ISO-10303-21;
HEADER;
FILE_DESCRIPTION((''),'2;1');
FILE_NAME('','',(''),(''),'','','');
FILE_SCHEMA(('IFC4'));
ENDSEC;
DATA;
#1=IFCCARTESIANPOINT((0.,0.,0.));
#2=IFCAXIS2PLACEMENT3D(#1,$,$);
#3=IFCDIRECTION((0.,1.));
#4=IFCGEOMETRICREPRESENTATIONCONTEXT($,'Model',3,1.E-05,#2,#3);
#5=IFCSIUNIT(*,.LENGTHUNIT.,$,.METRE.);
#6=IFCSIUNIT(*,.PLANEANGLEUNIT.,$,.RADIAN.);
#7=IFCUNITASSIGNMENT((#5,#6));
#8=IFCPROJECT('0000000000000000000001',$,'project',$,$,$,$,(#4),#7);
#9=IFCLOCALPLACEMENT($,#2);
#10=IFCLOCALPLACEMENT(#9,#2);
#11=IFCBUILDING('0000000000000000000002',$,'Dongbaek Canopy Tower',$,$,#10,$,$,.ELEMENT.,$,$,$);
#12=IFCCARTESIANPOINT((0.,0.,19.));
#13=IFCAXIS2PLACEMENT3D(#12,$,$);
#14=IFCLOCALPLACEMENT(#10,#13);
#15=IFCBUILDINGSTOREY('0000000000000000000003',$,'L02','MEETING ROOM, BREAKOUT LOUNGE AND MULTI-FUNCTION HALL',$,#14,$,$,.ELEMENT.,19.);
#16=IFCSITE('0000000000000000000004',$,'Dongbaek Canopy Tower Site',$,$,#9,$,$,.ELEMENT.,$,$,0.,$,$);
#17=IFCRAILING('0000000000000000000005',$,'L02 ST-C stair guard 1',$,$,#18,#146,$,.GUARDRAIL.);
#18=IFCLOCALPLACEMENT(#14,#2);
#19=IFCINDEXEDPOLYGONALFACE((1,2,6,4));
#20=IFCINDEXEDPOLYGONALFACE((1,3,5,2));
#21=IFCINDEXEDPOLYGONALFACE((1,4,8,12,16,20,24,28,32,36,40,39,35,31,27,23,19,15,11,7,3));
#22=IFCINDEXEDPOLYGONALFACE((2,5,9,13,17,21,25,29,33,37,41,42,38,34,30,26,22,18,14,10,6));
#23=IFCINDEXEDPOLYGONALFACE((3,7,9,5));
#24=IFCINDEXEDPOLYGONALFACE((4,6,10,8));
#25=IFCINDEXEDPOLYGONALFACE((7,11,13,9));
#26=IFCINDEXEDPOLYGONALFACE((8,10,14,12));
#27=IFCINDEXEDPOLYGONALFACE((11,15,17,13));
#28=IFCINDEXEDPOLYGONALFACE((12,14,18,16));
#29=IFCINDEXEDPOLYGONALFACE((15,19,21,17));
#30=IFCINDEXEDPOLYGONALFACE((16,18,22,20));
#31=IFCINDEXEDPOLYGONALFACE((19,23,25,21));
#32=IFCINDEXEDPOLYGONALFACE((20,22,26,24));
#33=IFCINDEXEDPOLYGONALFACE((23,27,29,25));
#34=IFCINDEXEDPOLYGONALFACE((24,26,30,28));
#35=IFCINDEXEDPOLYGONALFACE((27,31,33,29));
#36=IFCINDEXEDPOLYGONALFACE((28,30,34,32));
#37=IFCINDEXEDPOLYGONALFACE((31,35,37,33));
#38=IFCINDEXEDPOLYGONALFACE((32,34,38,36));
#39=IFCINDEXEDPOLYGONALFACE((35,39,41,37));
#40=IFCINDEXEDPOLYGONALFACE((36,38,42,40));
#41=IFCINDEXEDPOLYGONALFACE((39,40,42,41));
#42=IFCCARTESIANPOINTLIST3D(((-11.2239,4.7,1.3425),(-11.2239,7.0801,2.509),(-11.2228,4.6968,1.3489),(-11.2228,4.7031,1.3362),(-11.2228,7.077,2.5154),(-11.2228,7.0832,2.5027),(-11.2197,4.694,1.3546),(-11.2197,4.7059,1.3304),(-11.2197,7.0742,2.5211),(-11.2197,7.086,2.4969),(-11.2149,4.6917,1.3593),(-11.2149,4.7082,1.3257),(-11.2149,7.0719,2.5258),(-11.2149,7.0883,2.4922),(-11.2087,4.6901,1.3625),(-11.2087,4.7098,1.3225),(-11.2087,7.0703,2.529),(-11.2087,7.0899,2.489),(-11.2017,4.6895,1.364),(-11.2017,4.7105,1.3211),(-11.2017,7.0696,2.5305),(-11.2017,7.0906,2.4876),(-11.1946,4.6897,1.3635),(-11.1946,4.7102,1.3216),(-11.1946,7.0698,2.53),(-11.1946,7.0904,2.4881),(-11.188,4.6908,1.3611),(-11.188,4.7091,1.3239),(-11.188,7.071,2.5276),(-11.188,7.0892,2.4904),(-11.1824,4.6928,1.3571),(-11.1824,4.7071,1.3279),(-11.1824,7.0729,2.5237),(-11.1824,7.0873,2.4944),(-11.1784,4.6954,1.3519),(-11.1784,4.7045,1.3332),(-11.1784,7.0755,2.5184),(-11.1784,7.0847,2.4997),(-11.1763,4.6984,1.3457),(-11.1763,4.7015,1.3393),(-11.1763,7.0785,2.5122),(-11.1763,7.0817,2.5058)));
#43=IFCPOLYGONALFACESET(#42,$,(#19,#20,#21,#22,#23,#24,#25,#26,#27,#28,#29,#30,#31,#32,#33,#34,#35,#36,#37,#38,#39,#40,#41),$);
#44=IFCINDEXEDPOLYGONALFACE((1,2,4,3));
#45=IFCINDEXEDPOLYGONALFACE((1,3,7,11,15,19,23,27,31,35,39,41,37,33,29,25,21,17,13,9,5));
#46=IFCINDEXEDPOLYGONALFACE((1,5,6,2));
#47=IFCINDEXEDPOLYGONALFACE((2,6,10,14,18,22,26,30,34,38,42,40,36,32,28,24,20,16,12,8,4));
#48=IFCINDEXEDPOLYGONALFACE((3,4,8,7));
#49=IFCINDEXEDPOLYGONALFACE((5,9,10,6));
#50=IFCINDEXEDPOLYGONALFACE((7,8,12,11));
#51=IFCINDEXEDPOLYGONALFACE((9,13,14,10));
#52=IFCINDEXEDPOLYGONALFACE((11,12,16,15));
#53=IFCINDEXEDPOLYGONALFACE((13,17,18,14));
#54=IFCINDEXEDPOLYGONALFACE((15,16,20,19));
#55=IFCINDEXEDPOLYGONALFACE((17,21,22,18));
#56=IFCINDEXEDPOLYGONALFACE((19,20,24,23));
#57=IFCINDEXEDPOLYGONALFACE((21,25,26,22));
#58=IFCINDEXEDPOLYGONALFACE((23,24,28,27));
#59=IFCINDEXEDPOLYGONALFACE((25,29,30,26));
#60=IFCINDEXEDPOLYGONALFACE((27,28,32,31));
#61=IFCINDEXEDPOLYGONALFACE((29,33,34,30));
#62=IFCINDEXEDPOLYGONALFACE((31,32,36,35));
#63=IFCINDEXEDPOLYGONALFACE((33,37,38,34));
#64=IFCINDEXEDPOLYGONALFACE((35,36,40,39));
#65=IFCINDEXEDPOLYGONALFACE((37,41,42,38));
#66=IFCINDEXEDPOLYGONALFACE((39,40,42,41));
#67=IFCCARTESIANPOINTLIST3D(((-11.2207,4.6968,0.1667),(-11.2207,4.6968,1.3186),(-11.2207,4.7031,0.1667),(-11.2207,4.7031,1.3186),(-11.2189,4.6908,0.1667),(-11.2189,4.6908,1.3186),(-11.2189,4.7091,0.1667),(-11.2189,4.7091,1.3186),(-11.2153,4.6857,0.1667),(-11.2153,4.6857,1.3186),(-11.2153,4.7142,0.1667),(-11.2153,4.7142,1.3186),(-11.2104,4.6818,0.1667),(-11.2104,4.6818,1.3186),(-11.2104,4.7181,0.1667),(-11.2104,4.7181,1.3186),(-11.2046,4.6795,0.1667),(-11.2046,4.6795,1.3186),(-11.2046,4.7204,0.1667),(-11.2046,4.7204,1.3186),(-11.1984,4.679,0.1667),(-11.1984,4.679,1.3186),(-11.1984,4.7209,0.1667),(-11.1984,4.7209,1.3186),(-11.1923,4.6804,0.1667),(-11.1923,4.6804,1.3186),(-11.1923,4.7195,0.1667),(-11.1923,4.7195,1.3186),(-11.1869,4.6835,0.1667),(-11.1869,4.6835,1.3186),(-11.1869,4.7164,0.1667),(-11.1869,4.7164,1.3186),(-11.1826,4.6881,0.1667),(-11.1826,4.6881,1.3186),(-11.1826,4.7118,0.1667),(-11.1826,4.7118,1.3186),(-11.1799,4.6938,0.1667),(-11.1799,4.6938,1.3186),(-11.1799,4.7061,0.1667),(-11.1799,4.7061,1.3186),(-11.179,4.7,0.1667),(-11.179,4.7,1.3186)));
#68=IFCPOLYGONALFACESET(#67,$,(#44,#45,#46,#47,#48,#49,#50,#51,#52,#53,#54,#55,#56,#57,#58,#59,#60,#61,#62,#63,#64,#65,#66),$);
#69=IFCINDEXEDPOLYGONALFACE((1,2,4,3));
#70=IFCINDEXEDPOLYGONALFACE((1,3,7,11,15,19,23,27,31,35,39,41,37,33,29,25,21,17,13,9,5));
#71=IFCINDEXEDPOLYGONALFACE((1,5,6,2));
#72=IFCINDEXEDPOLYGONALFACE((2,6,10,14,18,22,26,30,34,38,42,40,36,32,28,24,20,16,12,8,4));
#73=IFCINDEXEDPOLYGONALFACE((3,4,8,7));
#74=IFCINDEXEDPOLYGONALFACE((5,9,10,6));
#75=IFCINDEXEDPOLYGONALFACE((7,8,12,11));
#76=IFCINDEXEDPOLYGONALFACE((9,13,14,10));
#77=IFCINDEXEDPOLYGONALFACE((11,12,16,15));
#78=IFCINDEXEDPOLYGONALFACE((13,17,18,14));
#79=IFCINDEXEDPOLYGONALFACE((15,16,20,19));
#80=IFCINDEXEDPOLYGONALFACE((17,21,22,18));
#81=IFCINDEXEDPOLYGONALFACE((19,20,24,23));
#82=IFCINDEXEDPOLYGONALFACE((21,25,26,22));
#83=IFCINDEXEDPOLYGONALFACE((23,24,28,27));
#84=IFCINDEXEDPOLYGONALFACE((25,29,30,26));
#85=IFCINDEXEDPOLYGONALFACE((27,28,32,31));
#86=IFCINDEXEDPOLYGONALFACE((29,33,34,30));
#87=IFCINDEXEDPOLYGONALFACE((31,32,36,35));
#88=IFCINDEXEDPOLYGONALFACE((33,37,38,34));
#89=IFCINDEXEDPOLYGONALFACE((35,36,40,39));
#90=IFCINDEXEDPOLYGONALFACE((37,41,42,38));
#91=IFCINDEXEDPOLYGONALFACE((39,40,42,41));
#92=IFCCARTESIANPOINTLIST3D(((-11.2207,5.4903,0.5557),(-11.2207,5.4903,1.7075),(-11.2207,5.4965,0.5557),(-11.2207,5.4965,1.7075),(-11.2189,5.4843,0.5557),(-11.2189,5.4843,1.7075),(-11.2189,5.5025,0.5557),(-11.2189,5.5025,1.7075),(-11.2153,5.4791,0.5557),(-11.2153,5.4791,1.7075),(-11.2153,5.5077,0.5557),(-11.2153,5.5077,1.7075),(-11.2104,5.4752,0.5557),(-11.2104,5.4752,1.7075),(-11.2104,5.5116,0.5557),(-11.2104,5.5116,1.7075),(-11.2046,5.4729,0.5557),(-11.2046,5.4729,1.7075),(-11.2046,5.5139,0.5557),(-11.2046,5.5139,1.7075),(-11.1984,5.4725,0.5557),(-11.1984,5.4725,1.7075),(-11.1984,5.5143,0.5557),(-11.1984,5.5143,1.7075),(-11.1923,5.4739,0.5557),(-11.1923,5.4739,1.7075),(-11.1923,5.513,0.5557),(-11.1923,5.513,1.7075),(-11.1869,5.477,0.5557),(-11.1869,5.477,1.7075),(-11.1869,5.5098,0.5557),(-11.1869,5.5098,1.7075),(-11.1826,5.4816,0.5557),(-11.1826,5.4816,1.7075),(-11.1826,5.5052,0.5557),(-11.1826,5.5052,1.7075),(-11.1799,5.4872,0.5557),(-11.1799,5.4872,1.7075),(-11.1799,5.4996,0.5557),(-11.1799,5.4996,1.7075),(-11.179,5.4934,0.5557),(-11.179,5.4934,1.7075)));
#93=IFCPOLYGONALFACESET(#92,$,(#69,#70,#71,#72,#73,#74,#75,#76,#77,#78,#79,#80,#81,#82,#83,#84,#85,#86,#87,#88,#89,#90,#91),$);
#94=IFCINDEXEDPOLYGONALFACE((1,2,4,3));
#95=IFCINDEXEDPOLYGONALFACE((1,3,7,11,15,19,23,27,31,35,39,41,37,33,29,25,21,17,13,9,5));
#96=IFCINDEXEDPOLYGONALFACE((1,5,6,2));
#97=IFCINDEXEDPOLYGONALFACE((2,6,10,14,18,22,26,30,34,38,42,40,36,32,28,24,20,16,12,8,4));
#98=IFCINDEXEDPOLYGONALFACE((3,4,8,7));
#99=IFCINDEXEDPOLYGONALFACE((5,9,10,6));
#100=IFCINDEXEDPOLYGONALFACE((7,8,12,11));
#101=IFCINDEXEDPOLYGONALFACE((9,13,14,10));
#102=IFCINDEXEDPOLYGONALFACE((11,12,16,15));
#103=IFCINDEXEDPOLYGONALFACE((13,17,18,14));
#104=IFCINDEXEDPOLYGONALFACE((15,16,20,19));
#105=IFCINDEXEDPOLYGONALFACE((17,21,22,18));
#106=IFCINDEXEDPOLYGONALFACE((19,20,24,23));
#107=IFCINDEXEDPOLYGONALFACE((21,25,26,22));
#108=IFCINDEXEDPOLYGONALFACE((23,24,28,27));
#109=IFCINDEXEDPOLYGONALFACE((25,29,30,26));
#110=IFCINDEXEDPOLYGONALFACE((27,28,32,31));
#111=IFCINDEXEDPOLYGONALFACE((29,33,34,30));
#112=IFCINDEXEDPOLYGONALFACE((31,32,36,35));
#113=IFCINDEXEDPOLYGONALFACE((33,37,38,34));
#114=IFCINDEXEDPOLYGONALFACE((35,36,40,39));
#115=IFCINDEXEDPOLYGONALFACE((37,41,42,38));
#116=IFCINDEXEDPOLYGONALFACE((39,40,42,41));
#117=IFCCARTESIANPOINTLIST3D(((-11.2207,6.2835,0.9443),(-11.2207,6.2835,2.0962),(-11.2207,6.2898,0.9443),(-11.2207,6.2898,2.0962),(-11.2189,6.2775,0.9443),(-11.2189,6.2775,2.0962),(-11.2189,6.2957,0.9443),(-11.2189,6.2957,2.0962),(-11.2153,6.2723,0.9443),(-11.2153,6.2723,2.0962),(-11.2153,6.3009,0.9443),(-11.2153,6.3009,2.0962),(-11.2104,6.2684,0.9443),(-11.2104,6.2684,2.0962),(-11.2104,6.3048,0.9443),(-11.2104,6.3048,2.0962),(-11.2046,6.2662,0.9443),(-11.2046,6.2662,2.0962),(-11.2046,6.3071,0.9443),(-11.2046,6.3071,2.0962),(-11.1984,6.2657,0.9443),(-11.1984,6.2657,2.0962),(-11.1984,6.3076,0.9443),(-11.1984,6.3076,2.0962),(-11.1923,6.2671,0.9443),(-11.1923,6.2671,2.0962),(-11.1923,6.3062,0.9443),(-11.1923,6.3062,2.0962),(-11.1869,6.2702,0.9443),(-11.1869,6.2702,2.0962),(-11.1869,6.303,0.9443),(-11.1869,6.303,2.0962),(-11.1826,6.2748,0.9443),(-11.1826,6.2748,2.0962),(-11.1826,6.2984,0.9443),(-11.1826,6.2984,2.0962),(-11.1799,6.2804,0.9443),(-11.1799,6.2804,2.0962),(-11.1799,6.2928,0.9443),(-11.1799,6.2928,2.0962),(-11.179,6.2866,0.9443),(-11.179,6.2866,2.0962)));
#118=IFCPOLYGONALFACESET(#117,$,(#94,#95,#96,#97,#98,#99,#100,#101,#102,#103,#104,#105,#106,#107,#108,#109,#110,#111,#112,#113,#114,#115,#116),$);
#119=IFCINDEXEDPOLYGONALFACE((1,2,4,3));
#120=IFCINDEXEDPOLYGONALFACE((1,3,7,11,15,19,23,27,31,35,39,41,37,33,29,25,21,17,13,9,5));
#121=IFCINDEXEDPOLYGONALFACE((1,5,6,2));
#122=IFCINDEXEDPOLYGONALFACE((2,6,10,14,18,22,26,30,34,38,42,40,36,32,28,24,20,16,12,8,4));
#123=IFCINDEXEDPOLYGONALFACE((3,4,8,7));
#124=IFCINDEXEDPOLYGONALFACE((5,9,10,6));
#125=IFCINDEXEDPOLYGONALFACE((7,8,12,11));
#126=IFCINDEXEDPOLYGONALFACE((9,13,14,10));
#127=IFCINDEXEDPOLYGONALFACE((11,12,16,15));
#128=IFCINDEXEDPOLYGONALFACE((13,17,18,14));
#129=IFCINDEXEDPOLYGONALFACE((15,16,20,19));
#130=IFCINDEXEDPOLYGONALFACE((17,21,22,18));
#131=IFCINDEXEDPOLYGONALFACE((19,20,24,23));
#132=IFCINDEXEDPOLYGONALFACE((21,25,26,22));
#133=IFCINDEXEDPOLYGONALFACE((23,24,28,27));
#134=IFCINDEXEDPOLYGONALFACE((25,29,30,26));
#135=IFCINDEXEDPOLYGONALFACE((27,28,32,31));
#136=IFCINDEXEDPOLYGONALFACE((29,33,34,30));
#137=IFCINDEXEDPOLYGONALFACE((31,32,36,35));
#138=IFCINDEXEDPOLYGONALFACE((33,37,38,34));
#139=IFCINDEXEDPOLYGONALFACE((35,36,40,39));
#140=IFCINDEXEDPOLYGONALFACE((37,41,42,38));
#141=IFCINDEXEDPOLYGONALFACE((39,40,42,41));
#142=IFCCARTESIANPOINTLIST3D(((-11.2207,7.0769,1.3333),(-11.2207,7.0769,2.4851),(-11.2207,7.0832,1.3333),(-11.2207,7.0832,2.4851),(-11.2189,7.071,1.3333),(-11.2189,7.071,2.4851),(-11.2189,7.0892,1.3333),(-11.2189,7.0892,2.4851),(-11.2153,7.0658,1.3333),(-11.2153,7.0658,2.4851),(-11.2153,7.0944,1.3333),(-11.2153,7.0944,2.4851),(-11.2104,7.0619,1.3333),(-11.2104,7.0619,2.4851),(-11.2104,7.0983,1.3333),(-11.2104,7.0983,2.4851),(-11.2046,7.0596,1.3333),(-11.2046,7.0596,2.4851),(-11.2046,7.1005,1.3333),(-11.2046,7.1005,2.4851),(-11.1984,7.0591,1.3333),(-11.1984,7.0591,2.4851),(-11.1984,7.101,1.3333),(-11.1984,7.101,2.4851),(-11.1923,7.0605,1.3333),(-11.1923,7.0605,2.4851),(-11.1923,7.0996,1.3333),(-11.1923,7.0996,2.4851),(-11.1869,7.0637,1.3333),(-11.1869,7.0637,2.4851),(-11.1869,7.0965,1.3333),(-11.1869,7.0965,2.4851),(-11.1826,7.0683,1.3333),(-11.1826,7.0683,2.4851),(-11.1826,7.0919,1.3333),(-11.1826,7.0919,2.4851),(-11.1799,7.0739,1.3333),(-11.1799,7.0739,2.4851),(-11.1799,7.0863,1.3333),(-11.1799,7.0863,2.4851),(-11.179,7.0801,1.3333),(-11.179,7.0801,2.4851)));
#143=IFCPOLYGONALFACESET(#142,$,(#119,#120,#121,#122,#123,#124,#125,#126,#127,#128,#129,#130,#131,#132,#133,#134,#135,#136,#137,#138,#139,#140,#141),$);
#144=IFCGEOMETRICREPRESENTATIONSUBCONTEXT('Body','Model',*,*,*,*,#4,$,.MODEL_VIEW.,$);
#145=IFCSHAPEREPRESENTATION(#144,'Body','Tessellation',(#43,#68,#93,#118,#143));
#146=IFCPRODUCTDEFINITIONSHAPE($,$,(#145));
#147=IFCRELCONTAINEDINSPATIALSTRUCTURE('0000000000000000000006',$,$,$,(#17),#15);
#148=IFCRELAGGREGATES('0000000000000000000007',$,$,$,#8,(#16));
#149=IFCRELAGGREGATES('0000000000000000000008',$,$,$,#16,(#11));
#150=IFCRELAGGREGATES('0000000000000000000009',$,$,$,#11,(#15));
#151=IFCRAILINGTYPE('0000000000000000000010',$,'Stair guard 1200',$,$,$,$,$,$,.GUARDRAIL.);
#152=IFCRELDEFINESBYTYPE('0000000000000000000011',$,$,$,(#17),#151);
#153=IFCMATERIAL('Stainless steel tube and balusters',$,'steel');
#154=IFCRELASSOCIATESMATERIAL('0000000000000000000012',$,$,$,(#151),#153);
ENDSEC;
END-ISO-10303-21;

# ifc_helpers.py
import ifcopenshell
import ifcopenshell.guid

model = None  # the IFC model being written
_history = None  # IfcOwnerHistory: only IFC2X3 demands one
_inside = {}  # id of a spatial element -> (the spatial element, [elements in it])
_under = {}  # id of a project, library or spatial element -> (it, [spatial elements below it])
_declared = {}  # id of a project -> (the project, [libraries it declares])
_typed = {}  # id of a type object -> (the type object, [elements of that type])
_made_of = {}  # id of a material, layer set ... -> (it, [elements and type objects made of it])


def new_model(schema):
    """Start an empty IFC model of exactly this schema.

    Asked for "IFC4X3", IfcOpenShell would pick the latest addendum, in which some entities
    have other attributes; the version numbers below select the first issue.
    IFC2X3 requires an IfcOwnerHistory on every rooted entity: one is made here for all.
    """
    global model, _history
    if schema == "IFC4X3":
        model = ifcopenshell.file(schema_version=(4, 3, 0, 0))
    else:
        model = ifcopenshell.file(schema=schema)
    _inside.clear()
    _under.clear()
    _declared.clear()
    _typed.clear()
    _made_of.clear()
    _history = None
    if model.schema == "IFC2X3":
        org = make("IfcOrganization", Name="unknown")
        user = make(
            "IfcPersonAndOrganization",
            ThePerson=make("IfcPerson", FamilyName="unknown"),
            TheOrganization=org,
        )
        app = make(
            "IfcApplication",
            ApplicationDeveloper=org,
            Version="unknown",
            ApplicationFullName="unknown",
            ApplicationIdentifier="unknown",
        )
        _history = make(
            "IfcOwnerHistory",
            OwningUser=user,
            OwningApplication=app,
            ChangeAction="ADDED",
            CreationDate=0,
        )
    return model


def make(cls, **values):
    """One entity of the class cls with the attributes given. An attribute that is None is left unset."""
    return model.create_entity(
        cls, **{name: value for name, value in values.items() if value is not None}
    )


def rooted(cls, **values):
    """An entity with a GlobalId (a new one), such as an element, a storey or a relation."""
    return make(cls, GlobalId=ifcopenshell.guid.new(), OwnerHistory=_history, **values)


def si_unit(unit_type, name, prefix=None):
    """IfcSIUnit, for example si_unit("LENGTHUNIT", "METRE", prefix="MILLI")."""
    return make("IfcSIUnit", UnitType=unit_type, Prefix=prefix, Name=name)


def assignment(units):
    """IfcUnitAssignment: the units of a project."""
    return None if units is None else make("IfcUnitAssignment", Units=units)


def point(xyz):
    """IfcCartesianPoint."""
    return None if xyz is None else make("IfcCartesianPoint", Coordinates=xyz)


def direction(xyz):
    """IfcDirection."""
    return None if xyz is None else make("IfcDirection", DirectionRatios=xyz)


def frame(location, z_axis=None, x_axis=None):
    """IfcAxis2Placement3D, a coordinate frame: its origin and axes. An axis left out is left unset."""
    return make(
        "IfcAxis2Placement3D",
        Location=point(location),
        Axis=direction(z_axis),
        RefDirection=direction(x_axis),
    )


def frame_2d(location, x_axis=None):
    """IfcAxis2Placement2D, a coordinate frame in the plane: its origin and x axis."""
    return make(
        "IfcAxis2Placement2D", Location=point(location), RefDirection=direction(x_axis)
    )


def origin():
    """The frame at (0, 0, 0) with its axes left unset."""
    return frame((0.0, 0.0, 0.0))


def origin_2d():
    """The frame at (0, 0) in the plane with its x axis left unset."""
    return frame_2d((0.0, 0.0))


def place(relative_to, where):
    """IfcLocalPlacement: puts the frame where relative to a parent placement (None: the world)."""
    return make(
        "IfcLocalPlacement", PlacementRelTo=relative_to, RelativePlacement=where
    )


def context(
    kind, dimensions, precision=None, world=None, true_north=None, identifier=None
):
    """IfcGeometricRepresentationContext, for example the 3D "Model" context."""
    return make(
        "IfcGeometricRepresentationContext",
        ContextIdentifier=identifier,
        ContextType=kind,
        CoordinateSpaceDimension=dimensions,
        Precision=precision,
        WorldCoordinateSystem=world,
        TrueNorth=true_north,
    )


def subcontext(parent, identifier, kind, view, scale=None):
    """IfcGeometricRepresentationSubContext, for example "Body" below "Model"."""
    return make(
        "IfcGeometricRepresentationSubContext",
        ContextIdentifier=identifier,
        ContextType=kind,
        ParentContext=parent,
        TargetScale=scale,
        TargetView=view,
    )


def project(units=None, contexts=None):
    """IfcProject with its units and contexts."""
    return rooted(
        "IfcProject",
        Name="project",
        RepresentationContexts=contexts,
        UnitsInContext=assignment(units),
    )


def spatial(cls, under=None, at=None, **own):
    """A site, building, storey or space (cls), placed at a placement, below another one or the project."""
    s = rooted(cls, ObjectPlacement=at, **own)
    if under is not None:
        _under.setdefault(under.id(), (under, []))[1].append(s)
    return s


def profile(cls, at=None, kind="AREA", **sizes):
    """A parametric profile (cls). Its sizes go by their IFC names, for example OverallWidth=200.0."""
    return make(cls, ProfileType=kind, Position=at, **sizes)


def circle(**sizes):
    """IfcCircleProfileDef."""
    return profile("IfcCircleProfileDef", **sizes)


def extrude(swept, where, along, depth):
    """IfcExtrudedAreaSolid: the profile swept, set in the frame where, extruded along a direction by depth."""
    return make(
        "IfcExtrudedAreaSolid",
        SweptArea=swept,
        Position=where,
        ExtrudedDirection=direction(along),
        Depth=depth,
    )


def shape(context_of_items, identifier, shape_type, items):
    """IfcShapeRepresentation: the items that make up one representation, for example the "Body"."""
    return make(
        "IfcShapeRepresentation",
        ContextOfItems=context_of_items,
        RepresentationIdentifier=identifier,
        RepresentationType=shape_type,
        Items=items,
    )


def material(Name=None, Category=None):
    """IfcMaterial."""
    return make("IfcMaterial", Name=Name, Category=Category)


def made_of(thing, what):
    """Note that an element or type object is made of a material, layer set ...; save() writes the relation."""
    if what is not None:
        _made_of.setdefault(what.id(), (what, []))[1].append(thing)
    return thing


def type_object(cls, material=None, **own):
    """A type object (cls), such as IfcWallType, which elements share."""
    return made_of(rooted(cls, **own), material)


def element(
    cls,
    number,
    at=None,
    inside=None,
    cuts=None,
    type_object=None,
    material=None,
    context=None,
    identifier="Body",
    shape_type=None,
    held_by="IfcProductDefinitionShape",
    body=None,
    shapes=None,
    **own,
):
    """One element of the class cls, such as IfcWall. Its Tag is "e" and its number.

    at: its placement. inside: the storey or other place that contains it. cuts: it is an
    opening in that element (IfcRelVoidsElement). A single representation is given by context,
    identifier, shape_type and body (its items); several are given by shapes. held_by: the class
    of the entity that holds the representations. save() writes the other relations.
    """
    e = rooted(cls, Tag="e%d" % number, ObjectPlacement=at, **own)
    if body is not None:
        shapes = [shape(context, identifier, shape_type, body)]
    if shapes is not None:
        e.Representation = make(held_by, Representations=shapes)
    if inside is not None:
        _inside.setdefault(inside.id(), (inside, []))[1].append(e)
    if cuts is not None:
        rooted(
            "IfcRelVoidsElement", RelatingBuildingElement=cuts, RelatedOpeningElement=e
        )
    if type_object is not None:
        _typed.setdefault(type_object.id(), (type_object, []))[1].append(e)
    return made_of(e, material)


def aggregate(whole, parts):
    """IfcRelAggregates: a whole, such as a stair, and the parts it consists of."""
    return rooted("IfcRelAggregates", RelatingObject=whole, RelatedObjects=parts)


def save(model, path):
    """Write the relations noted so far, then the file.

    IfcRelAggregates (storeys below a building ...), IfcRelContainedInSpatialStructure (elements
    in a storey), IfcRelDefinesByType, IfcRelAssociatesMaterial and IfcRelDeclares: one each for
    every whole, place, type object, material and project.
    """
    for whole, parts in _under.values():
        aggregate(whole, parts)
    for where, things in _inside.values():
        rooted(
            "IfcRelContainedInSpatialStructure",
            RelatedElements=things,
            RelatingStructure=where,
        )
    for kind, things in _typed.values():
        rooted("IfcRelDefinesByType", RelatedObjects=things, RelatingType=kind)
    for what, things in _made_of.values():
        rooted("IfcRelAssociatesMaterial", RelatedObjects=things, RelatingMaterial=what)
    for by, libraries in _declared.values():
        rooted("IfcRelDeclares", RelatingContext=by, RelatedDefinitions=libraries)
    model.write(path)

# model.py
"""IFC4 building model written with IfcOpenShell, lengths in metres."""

from ifc_helpers import new_model, si_unit, direction, frame, origin, origin_2d, place, context, subcontext, project, spatial, circle, extrude, material, type_object, element, save


model = new_model("IFC4")

# Units and contexts
model_context = context("Model", 3, precision=1e-05, world=origin(), true_north=direction((0.0, 1.0)))
body_context = subcontext(model_context, "Body", "Model", "MODEL_VIEW")
ifc_project = project(units=[si_unit("LENGTHUNIT", "METRE"), si_unit("PLANEANGLEUNIT", "RADIAN")], contexts=[model_context])

# Site, building, storey
site_placement = place(None, origin())
site = spatial("IfcSite", under=ifc_project, at=site_placement, Name="Dongbaek Canopy Tower Site", CompositionType="ELEMENT", RefElevation=0.0)
building_placement = place(site_placement, origin())
building = spatial("IfcBuilding", under=site, at=building_placement, Name="Dongbaek Canopy Tower", CompositionType="ELEMENT")
storey_placement = place(building_placement, frame((0.0, 0.0, 19.0)))
storey = spatial("IfcBuildingStorey", under=building, at=storey_placement, Name="L02", Description="MEETING ROOM, BREAKOUT LOUNGE AND MULTI-FUNCTION HALL", CompositionType="ELEMENT", Elevation=19.0)

# Railing
ifc_material_1 = material(Name="Stainless steel tube and balusters", Category="steel")
railing_type_1 = type_object("IfcRailingType", Name="Stair guard 1200", PredefinedType="GUARDRAIL", material=ifc_material_1)
railing_1_placement = place(storey_placement, frame((-11.2, 4.7, 0.1667)))
element("IfcRailing", 1, at=railing_1_placement, inside=storey, type_object=railing_type_1, Name="L02 ST-C stair guard 1", PredefinedType="GUARDRAIL", context=body_context, shape_type="SweptSolid", body=[
    extrude(circle(Radius=0.0239, at=origin_2d()), frame((0.0, 0.0, 1.1758), z_axis=(0.0, 0.897954, 0.440089), x_axis=(-1.0, 0.0, 0.0)), (0.0, 0.0, 1.0), 2.6506),
    extrude(circle(Radius=0.021, at=origin_2d()), origin(), (0.0, 0.0, 1.0), 1.1519),
    extrude(circle(Radius=0.021, at=origin_2d()), frame((0.0, 0.7935, 0.3889)), (0.0, 0.0, 1.0), 1.1519),
    extrude(circle(Radius=0.021, at=origin_2d()), frame((0.0, 1.5867, 0.7776)), (0.0, 0.0, 1.0), 1.1519),
    extrude(circle(Radius=0.021, at=origin_2d()), frame((0.0, 2.3801, 1.1665)), (0.0, 0.0, 1.0), 1.1519),
])

save(model, "model.ifc")
